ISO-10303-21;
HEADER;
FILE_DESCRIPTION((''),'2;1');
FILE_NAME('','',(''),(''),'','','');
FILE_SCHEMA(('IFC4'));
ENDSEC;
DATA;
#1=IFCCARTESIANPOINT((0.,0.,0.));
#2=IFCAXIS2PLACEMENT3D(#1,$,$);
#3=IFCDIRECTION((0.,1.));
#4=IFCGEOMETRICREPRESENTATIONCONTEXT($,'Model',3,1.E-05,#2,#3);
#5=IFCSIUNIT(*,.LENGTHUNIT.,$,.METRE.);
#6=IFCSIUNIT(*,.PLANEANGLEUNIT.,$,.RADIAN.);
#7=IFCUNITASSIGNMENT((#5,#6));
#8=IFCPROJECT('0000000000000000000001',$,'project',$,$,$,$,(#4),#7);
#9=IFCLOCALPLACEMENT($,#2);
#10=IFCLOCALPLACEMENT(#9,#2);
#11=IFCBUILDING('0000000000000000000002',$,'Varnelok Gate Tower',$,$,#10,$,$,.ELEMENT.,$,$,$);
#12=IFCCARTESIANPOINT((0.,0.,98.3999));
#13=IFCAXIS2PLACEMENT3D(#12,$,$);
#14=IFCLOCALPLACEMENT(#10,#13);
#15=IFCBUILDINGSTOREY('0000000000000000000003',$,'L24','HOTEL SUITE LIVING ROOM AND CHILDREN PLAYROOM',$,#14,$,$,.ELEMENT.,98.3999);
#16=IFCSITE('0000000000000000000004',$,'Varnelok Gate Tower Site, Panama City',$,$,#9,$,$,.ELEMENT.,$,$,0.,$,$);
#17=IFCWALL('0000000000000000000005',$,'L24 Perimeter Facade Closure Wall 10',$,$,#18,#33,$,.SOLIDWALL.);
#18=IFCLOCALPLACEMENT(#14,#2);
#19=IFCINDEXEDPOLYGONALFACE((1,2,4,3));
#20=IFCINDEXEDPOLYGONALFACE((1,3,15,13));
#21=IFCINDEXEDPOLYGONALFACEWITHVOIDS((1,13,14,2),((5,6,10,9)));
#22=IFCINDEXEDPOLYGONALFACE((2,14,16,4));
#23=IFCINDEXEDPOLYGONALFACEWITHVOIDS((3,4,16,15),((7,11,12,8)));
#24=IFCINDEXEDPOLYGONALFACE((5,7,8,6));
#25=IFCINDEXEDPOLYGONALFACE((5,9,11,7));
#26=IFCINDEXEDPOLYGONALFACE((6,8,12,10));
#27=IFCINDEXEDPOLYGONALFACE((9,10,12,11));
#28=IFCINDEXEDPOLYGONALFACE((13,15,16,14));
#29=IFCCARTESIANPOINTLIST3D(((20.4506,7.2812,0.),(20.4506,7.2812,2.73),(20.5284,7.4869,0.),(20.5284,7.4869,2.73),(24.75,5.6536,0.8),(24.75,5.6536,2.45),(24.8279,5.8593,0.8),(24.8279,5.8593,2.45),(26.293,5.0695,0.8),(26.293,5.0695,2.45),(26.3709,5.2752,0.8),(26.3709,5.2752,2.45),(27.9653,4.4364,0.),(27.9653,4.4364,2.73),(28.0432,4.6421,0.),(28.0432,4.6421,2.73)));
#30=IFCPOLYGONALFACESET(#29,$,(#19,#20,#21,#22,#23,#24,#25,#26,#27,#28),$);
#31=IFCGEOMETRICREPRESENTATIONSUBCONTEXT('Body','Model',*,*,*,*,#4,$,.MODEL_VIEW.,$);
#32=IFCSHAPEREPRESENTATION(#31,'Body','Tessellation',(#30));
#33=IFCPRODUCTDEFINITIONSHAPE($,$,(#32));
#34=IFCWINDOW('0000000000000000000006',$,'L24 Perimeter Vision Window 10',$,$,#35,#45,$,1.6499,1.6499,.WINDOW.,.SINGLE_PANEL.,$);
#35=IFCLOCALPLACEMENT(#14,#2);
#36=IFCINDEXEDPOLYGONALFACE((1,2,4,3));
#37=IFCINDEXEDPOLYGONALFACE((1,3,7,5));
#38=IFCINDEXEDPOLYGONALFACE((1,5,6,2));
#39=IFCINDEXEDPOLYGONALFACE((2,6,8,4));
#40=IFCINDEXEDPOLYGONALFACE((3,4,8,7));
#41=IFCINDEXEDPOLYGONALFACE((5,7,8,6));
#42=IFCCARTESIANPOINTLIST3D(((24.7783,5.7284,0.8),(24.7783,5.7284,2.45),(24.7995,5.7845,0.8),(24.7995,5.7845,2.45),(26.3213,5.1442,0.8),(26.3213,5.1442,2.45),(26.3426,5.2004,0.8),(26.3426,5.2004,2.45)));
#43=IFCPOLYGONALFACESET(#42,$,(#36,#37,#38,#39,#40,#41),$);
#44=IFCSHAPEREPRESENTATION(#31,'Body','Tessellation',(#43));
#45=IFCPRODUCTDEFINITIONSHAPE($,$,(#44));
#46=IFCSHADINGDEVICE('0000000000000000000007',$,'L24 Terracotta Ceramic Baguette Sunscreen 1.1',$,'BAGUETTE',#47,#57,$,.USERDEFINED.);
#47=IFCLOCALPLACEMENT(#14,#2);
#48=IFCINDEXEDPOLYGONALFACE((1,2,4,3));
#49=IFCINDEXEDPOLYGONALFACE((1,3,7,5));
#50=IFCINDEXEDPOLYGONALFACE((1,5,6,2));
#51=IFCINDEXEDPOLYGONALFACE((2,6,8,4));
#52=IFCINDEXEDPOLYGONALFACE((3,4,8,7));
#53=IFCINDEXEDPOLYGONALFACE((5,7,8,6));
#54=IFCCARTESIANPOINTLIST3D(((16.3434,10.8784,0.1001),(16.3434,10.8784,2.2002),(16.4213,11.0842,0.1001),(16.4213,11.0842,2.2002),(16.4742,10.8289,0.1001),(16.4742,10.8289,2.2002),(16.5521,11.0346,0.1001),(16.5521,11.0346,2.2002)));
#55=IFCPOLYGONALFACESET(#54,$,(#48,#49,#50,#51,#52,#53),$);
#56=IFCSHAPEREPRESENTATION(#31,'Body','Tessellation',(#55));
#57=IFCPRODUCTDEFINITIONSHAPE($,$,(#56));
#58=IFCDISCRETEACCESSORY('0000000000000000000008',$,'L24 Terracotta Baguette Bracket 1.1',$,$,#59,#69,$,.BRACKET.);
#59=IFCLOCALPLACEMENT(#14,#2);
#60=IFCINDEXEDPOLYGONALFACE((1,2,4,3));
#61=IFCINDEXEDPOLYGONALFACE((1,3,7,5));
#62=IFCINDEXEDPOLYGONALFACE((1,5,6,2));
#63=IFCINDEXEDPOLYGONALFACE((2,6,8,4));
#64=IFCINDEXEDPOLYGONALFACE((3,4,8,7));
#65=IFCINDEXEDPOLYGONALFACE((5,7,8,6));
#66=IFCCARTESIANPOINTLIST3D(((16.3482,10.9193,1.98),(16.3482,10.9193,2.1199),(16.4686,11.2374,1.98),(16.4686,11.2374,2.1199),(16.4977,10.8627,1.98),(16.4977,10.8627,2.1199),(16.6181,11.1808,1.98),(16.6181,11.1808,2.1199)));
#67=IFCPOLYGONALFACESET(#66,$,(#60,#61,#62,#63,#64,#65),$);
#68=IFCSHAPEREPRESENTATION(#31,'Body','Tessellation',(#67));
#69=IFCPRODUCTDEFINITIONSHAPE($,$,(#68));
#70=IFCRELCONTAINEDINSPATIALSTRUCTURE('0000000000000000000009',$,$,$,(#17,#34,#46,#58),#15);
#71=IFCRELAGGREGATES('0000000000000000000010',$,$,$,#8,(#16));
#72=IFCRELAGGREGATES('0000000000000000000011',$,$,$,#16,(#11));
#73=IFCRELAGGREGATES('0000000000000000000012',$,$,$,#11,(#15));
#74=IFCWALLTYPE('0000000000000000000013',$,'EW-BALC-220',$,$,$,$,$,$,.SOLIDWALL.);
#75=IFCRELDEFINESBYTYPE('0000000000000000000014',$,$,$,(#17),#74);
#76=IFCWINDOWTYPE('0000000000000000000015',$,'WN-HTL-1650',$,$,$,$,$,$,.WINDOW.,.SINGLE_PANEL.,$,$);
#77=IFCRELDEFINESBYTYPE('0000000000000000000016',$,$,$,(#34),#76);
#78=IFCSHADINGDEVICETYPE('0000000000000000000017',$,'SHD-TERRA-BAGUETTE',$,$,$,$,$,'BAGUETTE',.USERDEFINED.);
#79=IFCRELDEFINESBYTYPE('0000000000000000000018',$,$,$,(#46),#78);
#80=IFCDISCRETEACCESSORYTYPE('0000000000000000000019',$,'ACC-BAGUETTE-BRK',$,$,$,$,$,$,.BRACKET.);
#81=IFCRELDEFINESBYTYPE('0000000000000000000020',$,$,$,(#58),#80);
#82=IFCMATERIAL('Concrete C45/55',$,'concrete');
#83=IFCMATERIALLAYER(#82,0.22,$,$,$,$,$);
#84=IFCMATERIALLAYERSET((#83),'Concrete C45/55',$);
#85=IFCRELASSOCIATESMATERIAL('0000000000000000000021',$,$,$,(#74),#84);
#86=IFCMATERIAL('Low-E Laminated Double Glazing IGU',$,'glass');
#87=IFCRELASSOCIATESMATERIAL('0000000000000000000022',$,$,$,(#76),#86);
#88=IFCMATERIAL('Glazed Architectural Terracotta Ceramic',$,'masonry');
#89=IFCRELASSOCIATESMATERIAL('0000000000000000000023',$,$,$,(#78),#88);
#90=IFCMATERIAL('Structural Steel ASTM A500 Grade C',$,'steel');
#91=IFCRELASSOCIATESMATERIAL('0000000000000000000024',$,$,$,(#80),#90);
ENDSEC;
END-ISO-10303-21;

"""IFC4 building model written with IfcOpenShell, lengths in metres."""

from ifc_helpers import new_model, si_unit, direction, frame, frame_2d, origin, origin_2d, place, context, subcontext, project, spatial, rectangle, extrude, source, transform, mapped, material, layer, layer_set, type_object, element, fill, save


model = new_model("IFC4")

# Units and contexts
model_context = context("Model", 3, precision=1e-05, world=origin(), true_north=direction((0.0, 1.0)))
body_context = subcontext(model_context, "Body", "Model", "MODEL_VIEW")
ifc_project = project(units=[si_unit("LENGTHUNIT", "METRE"), si_unit("PLANEANGLEUNIT", "RADIAN")], contexts=[model_context])

# Site, building, storey
site_placement = place(None, origin())
site = spatial("IfcSite", under=ifc_project, at=site_placement, Name="Varnelok Gate Tower Site, Panama City", CompositionType="ELEMENT", RefElevation=0.0)
building_placement = place(site_placement, origin())
building = spatial("IfcBuilding", under=site, at=building_placement, Name="Varnelok Gate Tower", CompositionType="ELEMENT")
storey_placement = place(building_placement, frame((0.0, 0.0, 98.3999)))
storey = spatial("IfcBuildingStorey", under=building, at=storey_placement, Name="L24", Description="HOTEL SUITE LIVING ROOM AND CHILDREN PLAYROOM", CompositionType="ELEMENT", Elevation=98.3999)

# Shared definitions
ifc_material_1 = material(Name="Concrete C45/55", Category="concrete")

# Shared definitions
ifc_layer_1 = layer(ifc_material_1, 0.22)
ifc_layer_set_1 = layer_set([ifc_layer_1], Name="Concrete C45/55")
wall_type = type_object("IfcWallType", Name="EW-BALC-220", PredefinedType="SOLIDWALL", material=ifc_layer_set_1)

# Wall, opening, window
wall_1_placement = place(storey_placement, frame((20.4895, 7.384, 0.0), z_axis=(0.0, 0.0, 1.0), x_axis=(0.935231, -0.354039, 0.0)))
wall_1 = element("IfcWall", 1, at=wall_1_placement, inside=storey, type_object=wall_type, Name="L24 Perimeter Facade Closure Wall 10", PredefinedType="SOLIDWALL", context=body_context, shape_type="SweptSolid", body=[
    extrude(rectangle(XDim=8.0352, YDim=0.22, at=frame_2d((4.0176, 0.0))), origin(), (0.0, 0.0, 1.0), 2.73),
])
opening_1_placement = place(wall_1_placement, frame((4.5972, 0.0, 0.8)))
opening_1 = element("IfcOpeningElement", 2, at=opening_1_placement, cuts=wall_1, PredefinedType="OPENING", context=body_context, shape_type="SweptSolid", body=[
    extrude(rectangle(XDim=1.6499, YDim=1.6499, at=frame_2d((0.825, 0.825))), frame((0.0, 0.1199, 0.0), z_axis=(0.0, -1.0, 0.0), x_axis=(1.0, 0.0, 0.0)), (0.0, 0.0, 1.0), 0.24),
])
ifc_material_2 = material(Name="Low-E Laminated Double Glazing IGU", Category="glass")
window_type = type_object("IfcWindowType", Name="WN-HTL-1650", PartitioningType="SINGLE_PANEL", PredefinedType="WINDOW", material=ifc_material_2)
window_placement = place(opening_1_placement, origin())
window = element("IfcWindow", 3, at=window_placement, inside=storey, type_object=window_type, Name="L24 Perimeter Vision Window 10", OverallHeight=1.6499, OverallWidth=1.6499, PartitioningType="SINGLE_PANEL", PredefinedType="WINDOW", context=body_context, shape_type="SweptSolid", body=[
    extrude(rectangle(XDim=1.6499, YDim=1.6499, at=frame_2d((0.825, 0.825))), frame((0.0, 0.03, 0.0), z_axis=(0.0, -1.0, 0.0), x_axis=(1.0, 0.0, 0.0)), (0.0, 0.0, 1.0), 0.0601),
])
fill(opening_1, window)

# Shading device
ifc_material_3 = material(Name="Glazed Architectural Terracotta Ceramic", Category="masonry")
shading_device_type = type_object("IfcShadingDeviceType", Name="SHD-TERRA-BAGUETTE", ElementType="BAGUETTE", PredefinedType="USERDEFINED", material=ifc_material_3)
shared_shape_1 = source(origin(), body_context, "Body", "SweptSolid", [
    extrude(rectangle(XDim=0.1399, YDim=0.22, at=origin_2d()), origin(), (0.0, 0.0, 1.0), 2.1001),
])
shading_device_placement = place(storey_placement, frame((16.4478, 10.9565, 0.1001), z_axis=(0.0, 0.0, 1.0), x_axis=(0.935222, -0.354063, 0.0)))
element("IfcShadingDevice", 4, at=shading_device_placement, inside=storey, type_object=shading_device_type, Name="L24 Terracotta Ceramic Baguette Sunscreen 1.1", ObjectType="BAGUETTE", PredefinedType="USERDEFINED", context=body_context, shape_type="MappedRepresentation", body=[
    mapped(shared_shape_1, transform((0.0, 0.0, 0.0), scale=1.0)),
])

# Discrete accessory
ifc_material_4 = material(Name="Structural Steel ASTM A500 Grade C", Category="steel")
discrete_accessory_type = type_object("IfcDiscreteAccessoryType", Name="ACC-BAGUETTE-BRK", PredefinedType="BRACKET", material=ifc_material_4)
shared_shape_2 = source(origin(), body_context, "Body", "SweptSolid", [
    extrude(rectangle(XDim=0.1599, YDim=0.3401, at=origin_2d()), origin(), (0.0, 0.0, 1.0), 0.1399),
])
discrete_accessory_placement = place(storey_placement, frame((16.4832, 11.05, 1.98), z_axis=(0.0, 0.0, 1.0), x_axis=(0.935222, -0.354063, 0.0)))
element("IfcDiscreteAccessory", 5, at=discrete_accessory_placement, inside=storey, type_object=discrete_accessory_type, Name="L24 Terracotta Baguette Bracket 1.1", PredefinedType="BRACKET", context=body_context, shape_type="MappedRepresentation", body=[
    mapped(shared_shape_2, transform((0.0, 0.0, 0.0), scale=1.0)),
])

save(model, "model.ifc")
